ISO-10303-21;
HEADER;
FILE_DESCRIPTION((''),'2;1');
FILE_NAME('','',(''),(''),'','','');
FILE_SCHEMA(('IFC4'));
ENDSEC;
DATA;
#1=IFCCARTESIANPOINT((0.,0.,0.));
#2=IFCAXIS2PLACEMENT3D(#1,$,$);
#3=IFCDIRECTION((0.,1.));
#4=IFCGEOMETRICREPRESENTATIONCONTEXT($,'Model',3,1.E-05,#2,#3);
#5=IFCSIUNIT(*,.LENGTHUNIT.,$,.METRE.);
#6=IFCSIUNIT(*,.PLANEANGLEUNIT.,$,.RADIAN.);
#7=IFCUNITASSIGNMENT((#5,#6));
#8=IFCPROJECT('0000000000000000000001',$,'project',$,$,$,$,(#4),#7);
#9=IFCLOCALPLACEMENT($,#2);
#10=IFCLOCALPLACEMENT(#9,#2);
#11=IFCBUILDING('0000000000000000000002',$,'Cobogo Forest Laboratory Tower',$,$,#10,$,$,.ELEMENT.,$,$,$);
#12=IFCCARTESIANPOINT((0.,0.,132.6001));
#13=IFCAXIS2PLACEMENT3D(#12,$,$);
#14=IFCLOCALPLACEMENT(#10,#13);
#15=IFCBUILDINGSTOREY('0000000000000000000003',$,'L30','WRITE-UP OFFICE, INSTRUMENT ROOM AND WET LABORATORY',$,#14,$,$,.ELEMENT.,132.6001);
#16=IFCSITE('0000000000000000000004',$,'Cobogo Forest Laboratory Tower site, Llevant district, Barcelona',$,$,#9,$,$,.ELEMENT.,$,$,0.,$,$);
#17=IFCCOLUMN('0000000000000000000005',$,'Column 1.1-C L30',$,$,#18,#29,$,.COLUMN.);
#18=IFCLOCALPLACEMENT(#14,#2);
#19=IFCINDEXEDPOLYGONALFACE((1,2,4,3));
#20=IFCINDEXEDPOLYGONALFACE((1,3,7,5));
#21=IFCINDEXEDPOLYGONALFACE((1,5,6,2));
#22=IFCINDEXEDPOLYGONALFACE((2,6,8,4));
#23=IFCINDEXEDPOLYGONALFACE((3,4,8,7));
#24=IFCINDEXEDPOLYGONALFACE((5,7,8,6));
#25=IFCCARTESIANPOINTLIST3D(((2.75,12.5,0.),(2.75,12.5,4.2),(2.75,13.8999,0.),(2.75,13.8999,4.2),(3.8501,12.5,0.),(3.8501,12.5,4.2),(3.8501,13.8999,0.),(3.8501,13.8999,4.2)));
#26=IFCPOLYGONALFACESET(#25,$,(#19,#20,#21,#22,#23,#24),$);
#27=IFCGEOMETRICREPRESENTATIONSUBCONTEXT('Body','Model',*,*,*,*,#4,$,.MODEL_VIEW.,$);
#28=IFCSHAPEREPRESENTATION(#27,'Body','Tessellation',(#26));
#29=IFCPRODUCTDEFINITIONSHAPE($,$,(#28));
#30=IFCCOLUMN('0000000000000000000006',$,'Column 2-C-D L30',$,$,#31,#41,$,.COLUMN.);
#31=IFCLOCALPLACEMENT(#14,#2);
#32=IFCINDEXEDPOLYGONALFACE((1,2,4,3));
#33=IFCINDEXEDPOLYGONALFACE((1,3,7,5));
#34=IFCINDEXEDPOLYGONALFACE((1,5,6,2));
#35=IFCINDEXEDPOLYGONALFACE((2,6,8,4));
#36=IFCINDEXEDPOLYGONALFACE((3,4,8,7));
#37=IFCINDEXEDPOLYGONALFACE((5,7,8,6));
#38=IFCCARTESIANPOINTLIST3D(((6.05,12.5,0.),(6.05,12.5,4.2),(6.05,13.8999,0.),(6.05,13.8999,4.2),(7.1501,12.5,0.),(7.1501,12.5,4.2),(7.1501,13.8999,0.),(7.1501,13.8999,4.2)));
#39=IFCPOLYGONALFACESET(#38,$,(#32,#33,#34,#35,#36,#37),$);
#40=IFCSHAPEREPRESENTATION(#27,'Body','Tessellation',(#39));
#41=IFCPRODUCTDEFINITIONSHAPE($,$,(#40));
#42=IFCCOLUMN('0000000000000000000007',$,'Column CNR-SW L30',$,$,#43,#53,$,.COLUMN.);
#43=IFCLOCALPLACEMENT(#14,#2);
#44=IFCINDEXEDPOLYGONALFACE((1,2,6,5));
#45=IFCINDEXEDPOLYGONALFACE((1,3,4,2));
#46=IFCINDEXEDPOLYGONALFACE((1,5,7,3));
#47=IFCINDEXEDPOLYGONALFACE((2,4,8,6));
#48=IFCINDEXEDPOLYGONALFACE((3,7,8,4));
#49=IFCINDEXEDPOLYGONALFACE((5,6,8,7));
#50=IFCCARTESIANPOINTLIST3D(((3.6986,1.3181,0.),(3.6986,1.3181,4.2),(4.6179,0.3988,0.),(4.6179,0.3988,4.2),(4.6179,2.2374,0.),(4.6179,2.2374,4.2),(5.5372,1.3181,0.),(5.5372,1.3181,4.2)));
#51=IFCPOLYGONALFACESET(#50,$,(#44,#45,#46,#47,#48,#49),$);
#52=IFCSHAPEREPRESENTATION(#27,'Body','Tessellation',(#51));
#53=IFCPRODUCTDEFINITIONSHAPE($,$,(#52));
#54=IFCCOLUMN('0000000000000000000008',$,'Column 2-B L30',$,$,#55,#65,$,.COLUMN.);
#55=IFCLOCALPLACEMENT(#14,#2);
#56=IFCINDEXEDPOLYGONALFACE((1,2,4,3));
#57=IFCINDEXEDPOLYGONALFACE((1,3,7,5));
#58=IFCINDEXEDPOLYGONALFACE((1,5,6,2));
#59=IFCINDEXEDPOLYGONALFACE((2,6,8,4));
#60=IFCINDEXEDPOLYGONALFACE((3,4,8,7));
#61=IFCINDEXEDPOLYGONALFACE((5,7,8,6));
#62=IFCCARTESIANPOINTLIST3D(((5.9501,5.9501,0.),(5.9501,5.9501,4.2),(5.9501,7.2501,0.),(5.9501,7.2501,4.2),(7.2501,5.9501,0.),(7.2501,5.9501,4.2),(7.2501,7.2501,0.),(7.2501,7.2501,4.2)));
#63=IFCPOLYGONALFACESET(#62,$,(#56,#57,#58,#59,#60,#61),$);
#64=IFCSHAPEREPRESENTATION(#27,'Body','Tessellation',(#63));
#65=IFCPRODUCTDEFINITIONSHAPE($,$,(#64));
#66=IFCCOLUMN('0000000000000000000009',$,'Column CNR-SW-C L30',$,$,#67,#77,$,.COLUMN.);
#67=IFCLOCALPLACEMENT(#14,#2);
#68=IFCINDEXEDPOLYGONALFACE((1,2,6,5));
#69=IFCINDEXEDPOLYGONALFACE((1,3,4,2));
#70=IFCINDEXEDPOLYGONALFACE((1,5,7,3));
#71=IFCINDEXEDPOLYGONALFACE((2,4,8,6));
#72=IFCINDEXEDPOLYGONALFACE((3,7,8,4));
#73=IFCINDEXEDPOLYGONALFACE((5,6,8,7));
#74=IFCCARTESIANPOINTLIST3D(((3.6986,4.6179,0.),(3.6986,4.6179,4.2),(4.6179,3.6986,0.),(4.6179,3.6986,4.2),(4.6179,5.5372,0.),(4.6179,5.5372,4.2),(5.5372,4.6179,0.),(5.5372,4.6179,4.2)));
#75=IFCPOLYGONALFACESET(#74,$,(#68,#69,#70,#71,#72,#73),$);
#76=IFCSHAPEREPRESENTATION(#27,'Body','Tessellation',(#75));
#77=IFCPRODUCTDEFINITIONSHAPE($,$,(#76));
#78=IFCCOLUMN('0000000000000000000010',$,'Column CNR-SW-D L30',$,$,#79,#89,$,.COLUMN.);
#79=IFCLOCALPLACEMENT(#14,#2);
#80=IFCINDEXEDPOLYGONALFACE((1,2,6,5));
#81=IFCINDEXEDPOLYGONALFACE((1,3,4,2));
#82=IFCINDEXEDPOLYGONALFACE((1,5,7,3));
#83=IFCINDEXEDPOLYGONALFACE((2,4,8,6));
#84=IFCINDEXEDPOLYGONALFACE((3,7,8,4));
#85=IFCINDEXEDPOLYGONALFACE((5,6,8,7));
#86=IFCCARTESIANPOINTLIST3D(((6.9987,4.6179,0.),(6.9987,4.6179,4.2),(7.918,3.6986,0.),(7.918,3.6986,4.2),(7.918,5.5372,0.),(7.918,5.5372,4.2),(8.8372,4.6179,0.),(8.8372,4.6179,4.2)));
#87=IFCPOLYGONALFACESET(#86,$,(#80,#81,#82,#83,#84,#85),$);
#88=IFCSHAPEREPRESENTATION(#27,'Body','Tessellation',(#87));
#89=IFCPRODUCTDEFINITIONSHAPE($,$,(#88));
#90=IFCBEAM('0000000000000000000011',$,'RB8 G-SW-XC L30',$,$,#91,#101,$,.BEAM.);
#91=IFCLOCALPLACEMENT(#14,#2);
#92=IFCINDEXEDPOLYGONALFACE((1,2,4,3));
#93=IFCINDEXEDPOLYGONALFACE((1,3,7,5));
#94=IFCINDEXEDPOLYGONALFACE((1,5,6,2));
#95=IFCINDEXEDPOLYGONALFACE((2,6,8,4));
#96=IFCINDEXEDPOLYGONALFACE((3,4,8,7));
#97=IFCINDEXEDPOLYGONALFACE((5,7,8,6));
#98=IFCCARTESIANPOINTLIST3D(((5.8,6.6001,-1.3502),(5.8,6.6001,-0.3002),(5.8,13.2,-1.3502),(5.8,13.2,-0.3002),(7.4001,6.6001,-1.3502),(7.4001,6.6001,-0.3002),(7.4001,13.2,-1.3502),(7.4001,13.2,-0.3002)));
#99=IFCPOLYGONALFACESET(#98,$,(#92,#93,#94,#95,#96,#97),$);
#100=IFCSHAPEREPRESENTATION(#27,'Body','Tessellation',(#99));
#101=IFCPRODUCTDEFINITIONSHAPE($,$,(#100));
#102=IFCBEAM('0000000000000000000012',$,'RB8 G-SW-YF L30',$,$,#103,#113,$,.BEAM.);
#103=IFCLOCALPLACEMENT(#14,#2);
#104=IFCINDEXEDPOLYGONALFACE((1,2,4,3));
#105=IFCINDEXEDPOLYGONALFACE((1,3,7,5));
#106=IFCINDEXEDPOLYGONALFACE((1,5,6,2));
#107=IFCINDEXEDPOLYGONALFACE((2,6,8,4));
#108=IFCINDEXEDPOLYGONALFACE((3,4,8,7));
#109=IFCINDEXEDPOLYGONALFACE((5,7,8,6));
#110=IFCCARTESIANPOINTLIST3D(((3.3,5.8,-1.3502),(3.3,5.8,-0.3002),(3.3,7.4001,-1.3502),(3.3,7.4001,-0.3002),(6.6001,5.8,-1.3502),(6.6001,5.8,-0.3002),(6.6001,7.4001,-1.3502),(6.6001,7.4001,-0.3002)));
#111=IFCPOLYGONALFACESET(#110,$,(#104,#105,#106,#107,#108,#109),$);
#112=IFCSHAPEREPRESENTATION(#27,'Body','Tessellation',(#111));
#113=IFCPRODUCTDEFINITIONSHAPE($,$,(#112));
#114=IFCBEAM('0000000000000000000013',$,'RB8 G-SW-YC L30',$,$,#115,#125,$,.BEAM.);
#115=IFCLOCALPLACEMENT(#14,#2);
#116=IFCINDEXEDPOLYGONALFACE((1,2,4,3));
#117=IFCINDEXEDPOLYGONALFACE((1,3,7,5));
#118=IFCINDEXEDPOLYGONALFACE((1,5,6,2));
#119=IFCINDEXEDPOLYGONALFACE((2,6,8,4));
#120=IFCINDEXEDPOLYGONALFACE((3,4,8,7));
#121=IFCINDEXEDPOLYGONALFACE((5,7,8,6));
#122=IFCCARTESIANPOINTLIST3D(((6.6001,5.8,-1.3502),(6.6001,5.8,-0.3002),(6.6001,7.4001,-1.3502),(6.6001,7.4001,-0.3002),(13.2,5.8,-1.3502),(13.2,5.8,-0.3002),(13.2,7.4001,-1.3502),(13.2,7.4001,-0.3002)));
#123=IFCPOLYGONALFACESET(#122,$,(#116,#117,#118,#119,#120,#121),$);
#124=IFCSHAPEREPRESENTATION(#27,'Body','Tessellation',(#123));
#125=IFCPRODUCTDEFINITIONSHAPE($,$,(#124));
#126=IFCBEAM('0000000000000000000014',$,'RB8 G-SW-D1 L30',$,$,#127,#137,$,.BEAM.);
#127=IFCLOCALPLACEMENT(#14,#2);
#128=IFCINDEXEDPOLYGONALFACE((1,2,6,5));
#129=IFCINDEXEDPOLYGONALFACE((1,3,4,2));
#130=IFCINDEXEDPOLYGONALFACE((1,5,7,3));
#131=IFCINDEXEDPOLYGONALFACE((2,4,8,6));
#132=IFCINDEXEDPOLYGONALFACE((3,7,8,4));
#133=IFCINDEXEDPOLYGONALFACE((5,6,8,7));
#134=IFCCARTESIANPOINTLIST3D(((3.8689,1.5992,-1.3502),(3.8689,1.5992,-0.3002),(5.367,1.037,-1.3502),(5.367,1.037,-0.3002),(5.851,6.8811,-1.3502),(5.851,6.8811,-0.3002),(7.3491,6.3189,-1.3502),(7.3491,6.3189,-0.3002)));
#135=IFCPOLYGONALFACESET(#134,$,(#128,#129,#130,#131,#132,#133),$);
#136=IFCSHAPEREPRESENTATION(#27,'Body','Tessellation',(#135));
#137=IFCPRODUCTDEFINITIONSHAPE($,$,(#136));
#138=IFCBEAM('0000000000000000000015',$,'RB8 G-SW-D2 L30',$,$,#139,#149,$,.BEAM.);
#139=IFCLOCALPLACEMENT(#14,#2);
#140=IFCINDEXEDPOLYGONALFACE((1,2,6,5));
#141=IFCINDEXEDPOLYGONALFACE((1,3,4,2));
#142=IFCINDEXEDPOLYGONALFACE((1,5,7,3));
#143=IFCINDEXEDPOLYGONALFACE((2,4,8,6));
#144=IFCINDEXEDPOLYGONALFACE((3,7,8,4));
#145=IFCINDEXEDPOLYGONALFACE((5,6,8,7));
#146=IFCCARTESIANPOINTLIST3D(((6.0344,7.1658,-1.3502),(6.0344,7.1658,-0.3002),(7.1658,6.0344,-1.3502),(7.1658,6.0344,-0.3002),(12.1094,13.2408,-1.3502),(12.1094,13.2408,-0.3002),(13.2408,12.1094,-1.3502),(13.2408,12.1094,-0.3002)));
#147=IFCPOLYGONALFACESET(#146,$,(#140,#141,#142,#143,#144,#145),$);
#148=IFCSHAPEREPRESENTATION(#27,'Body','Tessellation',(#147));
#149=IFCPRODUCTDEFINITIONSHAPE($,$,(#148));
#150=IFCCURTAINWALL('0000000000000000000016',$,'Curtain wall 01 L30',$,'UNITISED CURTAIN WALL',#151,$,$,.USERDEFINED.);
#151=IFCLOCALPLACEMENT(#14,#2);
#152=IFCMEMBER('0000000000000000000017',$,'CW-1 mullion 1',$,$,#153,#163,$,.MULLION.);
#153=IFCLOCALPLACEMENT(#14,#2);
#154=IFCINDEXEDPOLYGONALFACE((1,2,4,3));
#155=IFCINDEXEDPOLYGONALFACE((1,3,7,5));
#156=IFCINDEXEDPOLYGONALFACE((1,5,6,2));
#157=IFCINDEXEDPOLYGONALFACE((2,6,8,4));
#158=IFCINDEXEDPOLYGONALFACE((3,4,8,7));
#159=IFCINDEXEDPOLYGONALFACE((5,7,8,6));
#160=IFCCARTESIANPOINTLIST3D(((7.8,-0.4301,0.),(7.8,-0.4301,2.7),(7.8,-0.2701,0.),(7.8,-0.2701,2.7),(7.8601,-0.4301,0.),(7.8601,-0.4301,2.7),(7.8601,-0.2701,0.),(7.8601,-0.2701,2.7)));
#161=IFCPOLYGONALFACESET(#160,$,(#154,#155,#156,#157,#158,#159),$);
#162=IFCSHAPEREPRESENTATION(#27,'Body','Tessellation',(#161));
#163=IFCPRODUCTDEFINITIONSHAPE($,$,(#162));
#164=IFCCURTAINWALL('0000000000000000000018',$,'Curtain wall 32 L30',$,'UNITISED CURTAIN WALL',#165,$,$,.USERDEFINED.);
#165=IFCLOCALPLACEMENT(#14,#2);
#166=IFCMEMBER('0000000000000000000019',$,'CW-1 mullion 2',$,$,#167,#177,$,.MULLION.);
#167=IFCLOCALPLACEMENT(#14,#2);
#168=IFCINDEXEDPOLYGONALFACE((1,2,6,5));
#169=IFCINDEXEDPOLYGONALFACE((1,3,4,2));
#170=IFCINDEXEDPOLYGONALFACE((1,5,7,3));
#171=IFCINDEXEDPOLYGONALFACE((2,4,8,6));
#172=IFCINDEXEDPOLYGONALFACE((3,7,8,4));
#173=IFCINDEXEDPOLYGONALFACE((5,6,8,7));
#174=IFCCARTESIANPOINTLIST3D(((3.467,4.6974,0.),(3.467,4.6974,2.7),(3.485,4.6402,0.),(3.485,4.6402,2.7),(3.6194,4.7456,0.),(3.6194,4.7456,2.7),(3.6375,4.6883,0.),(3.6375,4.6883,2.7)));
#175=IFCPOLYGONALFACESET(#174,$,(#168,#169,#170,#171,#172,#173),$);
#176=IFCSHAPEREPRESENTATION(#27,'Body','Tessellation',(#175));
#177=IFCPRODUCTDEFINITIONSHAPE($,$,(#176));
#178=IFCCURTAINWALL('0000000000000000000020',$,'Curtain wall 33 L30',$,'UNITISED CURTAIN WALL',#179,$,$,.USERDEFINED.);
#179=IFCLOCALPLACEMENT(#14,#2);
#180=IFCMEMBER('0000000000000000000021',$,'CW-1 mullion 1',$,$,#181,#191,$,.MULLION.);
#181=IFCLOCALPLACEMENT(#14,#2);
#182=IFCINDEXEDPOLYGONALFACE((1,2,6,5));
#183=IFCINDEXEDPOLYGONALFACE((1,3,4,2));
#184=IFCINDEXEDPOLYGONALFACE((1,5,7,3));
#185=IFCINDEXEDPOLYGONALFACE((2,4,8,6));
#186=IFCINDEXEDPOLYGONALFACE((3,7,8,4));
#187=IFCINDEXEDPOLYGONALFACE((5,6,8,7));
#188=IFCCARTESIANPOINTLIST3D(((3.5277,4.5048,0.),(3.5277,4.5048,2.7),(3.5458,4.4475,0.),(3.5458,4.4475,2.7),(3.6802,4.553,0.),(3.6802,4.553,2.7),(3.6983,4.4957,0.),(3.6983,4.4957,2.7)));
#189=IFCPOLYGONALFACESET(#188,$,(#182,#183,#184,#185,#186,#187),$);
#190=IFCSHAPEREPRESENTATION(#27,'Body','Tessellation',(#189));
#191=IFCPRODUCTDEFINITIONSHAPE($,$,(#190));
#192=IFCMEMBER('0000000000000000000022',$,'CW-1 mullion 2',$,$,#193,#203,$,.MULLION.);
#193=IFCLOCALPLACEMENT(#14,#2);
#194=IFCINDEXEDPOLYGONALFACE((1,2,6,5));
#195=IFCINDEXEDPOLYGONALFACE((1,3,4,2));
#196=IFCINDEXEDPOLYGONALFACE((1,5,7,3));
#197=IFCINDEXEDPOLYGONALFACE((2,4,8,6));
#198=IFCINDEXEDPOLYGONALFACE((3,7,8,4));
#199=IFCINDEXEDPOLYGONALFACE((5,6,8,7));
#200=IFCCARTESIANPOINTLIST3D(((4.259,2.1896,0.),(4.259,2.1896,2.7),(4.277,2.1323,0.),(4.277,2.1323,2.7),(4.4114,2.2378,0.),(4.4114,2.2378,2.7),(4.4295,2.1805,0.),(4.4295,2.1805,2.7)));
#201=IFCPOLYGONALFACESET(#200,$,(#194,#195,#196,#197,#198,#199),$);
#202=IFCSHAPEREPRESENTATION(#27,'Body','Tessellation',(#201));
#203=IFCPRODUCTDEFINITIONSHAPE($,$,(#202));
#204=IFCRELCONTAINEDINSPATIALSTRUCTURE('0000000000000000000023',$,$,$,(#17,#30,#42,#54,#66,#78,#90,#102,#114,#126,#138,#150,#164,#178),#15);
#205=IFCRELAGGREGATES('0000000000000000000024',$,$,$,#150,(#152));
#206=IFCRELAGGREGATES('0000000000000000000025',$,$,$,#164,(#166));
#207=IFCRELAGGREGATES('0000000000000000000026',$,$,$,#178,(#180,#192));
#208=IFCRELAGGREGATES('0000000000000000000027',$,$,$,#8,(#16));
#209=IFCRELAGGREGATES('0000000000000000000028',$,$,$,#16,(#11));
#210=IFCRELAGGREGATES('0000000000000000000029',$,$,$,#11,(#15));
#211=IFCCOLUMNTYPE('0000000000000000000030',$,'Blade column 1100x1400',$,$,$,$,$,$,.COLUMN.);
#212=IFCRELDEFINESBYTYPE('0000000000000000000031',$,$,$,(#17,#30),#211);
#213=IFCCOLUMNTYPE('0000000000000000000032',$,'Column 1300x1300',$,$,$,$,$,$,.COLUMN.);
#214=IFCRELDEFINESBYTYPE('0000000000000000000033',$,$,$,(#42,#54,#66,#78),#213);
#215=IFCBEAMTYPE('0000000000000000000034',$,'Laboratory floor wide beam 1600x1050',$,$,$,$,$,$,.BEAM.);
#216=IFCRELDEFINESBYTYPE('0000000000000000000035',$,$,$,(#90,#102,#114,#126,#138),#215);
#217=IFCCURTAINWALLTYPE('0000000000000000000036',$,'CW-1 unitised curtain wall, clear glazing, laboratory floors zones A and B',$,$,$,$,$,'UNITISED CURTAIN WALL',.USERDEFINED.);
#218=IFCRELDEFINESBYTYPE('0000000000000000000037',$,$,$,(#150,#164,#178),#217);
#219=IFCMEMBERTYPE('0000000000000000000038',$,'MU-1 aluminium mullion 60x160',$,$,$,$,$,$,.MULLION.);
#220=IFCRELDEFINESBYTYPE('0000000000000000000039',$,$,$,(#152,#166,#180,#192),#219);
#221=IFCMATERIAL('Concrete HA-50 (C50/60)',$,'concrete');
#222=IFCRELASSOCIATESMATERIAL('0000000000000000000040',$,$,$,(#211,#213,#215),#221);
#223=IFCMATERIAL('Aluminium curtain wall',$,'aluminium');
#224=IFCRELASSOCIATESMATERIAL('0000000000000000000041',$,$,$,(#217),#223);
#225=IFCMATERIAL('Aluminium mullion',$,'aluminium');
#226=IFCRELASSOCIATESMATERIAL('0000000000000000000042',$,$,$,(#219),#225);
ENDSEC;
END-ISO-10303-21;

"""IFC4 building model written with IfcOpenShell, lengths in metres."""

from ifc_helpers import new_model, si_unit, direction, frame, origin, origin_2d, place, context, subcontext, project, spatial, rectangle, extrude, material, material_profile, profile_set, type_object, element, aggregate, save


model = new_model("IFC4")

# Units and contexts
model_context = context("Model", 3, precision=1e-05, world=origin(), true_north=direction((0.0, 1.0)))
body_context = subcontext(model_context, "Body", "Model", "MODEL_VIEW")
ifc_project = project(units=[si_unit("LENGTHUNIT", "METRE"), si_unit("PLANEANGLEUNIT", "RADIAN")], contexts=[model_context])

# Site, building, storey
site_placement = place(None, origin())
site = spatial("IfcSite", under=ifc_project, at=site_placement, Name="Cobogo Forest Laboratory Tower site, Llevant district, Barcelona", CompositionType="ELEMENT", RefElevation=0.0)
building_placement = place(site_placement, origin())
building = spatial("IfcBuilding", under=site, at=building_placement, Name="Cobogo Forest Laboratory Tower", CompositionType="ELEMENT")
storey_placement = place(building_placement, frame((0.0, 0.0, 132.6001)))
storey = spatial("IfcBuildingStorey", under=building, at=storey_placement, Name="L30", Description="WRITE-UP OFFICE, INSTRUMENT ROOM AND WET LABORATORY", CompositionType="ELEMENT", Elevation=132.6001)

# Columns
ifc_material_1 = material(Name="Concrete HA-50 (C50/60)", Category="concrete")
ifc_material_profile_1 = material_profile(ifc_material_1, rectangle(XDim=1.3999, YDim=1.1001, at=origin_2d()), Name="RC 1100x1400")
ifc_profile_set_1 = profile_set([ifc_material_profile_1], Name="Concrete HA-50 (C50/60)")
column_type_1 = type_object("IfcColumnType", Name="Blade column 1100x1400", PredefinedType="COLUMN", material=ifc_profile_set_1)
for number, where, z_axis, x_axis, name in (
    (1, (3.3, 13.2, 0.0), (0.0, 0.0, 1.0), (0.0, 1.0, 0.0), "Column 1.1-C L30"),
    (2, (6.6001, 13.2, 0.0), (0.0, 0.0, 1.0), (0.0, 1.0, 0.0), "Column 2-C-D L30"),
):
    element("IfcColumn", number, at=place(storey_placement, frame(where, z_axis=z_axis, x_axis=x_axis)), inside=storey, type_object=column_type_1, Name=name, PredefinedType="COLUMN", context=body_context, shape_type="SweptSolid", body=[
        extrude(rectangle(XDim=1.3999, YDim=1.1001, at=origin_2d()), origin(), (0.0, 0.0, 1.0), 4.2),
    ])
ifc_material_profile_2 = material_profile(ifc_material_1, rectangle(XDim=1.3, YDim=1.3, at=origin_2d()), Name="RC 1300x1300")
ifc_profile_set_2 = profile_set([ifc_material_profile_2], Name="Concrete HA-50 (C50/60)")
column_type_2 = type_object("IfcColumnType", Name="Column 1300x1300", PredefinedType="COLUMN", material=ifc_profile_set_2)
for number, where, z_axis, x_axis, name in (
    (3, (4.6179, 1.3181, 0.0), (0.0, 0.0, 1.0), (0.707107, 0.707107, 0.0), "Column CNR-SW L30"),
    (4, (6.6001, 6.6001, 0.0), (0.0, 0.0, 1.0), (1.0, 0.0, 0.0), "Column 2-B L30"),
    (5, (4.6179, 4.6179, 0.0), (0.0, 0.0, 1.0), (0.707107, 0.707107, 0.0), "Column CNR-SW-C L30"),
    (6, (7.918, 4.6179, 0.0), (0.0, 0.0, 1.0), (0.707107, 0.707107, 0.0), "Column CNR-SW-D L30"),
):
    element("IfcColumn", number, at=place(storey_placement, frame(where, z_axis=z_axis, x_axis=x_axis)), inside=storey, type_object=column_type_2, Name=name, PredefinedType="COLUMN", context=body_context, shape_type="SweptSolid", body=[
        extrude(rectangle(XDim=1.3, YDim=1.3, at=origin_2d()), origin(), (0.0, 0.0, 1.0), 4.2),
    ])

# Beams
ifc_material_profile_3 = material_profile(ifc_material_1, rectangle(XDim=1.6001, YDim=1.05, at=origin_2d()), Name="RC 1600x1050")
ifc_profile_set_3 = profile_set([ifc_material_profile_3], Name="Concrete HA-50 (C50/60)")
beam_type_1 = type_object("IfcBeamType", Name="Laboratory floor wide beam 1600x1050", PredefinedType="BEAM", material=ifc_profile_set_3)
beam_1_placement = place(storey_placement, frame((6.6001, 6.6001, -0.8252), z_axis=(0.0, 1.0, 0.0), x_axis=(-1.0, 0.0, 0.0)))
element("IfcBeam", 7, at=beam_1_placement, inside=storey, type_object=beam_type_1, Name="RB8 G-SW-XC L30", PredefinedType="BEAM", context=body_context, shape_type="SweptSolid", body=[
    extrude(rectangle(XDim=1.6001, YDim=1.05, at=origin_2d()), origin(), (0.0, 0.0, 1.0), 6.5999),
])
beam_2_placement = place(storey_placement, frame((3.3, 6.6001, -0.8252), z_axis=(1.0, 0.0, 0.0), x_axis=(0.0, 1.0, 0.0)))
element("IfcBeam", 8, at=beam_2_placement, inside=storey, type_object=beam_type_1, Name="RB8 G-SW-YF L30", PredefinedType="BEAM", context=body_context, shape_type="SweptSolid", body=[
    extrude(rectangle(XDim=1.6001, YDim=1.05, at=origin_2d()), origin(), (0.0, 0.0, 1.0), 3.3),
])
beam_3_placement = place(storey_placement, frame((6.6001, 6.6001, -0.8252), z_axis=(1.0, 0.0, 0.0), x_axis=(0.0, 1.0, 0.0)))
element("IfcBeam", 9, at=beam_3_placement, inside=storey, type_object=beam_type_1, Name="RB8 G-SW-YC L30", PredefinedType="BEAM", context=body_context, shape_type="SweptSolid", body=[
    extrude(rectangle(XDim=1.6001, YDim=1.05, at=origin_2d()), origin(), (0.0, 0.0, 1.0), 6.5999),
])
beam_4_placement = place(storey_placement, frame((4.6179, 1.3181, -0.8252), z_axis=(0.351346, 0.936246, 0.0), x_axis=(-0.936246, 0.351346, 0.0)))
element("IfcBeam", 10, at=beam_4_placement, inside=storey, type_object=beam_type_1, Name="RB8 G-SW-D1 L30", PredefinedType="BEAM", context=body_context, shape_type="SweptSolid", body=[
    extrude(rectangle(XDim=1.6001, YDim=1.05, at=origin_2d()), origin(), (0.0, 0.0, 1.0), 5.6416),
])
beam_5_placement = place(storey_placement, frame((6.6001, 6.6001, -0.8252), z_axis=(0.707107, 0.707107, 0.0), x_axis=(-0.707107, 0.707107, 0.0)))
element("IfcBeam", 11, at=beam_5_placement, inside=storey, type_object=beam_type_1, Name="RB8 G-SW-D2 L30", PredefinedType="BEAM", context=body_context, shape_type="SweptSolid", body=[
    extrude(rectangle(XDim=1.6001, YDim=1.05, at=origin_2d()), origin(), (0.0, 0.0, 1.0), 8.5913),
])

# Curtain walls, members
ifc_material_2 = material(Name="Aluminium curtain wall", Category="aluminium")
curtain_wall_type = type_object("IfcCurtainWallType", Name="CW-1 unitised curtain wall, clear glazing, laboratory floors zones A and B", ElementType="UNITISED CURTAIN WALL", PredefinedType="USERDEFINED", material=ifc_material_2)
curtain_wall_1_placement = place(storey_placement, origin())
curtain_wall_1 = element("IfcCurtainWall", 12, at=curtain_wall_1_placement, inside=storey, type_object=curtain_wall_type, Name="Curtain wall 01 L30", ObjectType="UNITISED CURTAIN WALL", PredefinedType="USERDEFINED")
ifc_material_3 = material(Name="Aluminium mullion", Category="aluminium")
ifc_material_profile_4 = material_profile(ifc_material_3, rectangle(XDim=0.0601, YDim=0.1599, at=origin_2d()), Name="AL 60x160")
ifc_profile_set_4 = profile_set([ifc_material_profile_4], Name="Aluminium mullion")
member_type_1 = type_object("IfcMemberType", Name="MU-1 aluminium mullion 60x160", PredefinedType="MULLION", material=ifc_profile_set_4)
member_1_placement = place(storey_placement, frame((7.8301, -0.3501, 0.0), z_axis=(0.0, 0.0, 1.0), x_axis=(1.0, 0.0, 0.0)))
member_1 = element("IfcMember", 13, at=member_1_placement, type_object=member_type_1, Name="CW-1 mullion 1", PredefinedType="MULLION", context=body_context, shape_type="SweptSolid", body=[
    extrude(rectangle(XDim=0.0601, YDim=0.1599, at=origin_2d()), origin(), (0.0, 0.0, 1.0), 2.7),
])
curtain_wall_2_placement = place(storey_placement, origin())
curtain_wall_2 = element("IfcCurtainWall", 14, at=curtain_wall_2_placement, inside=storey, type_object=curtain_wall_type, Name="Curtain wall 32 L30", ObjectType="UNITISED CURTAIN WALL", PredefinedType="USERDEFINED")
member_2_placement = place(storey_placement, frame((3.5522, 4.6929, 0.0), z_axis=(0.0, 0.0, 1.0), x_axis=(0.301135, -0.953581, 0.0)))
member_2 = element("IfcMember", 15, at=member_2_placement, type_object=member_type_1, Name="CW-1 mullion 2", PredefinedType="MULLION", context=body_context, shape_type="SweptSolid", body=[
    extrude(rectangle(XDim=0.0601, YDim=0.1599, at=origin_2d()), origin(), (0.0, 0.0, 1.0), 2.7),
])

# Curtain wall, members
curtain_wall_3_placement = place(storey_placement, origin())
curtain_wall_3 = element("IfcCurtainWall", 16, at=curtain_wall_3_placement, inside=storey, type_object=curtain_wall_type, Name="Curtain wall 33 L30", ObjectType="UNITISED CURTAIN WALL", PredefinedType="USERDEFINED")
member_3_placement = place(storey_placement, frame((3.613, 4.5002, 0.0), z_axis=(0.0, 0.0, 1.0), x_axis=(0.301135, -0.953581, 0.0)))
member_3 = element("IfcMember", 17, at=member_3_placement, type_object=member_type_1, Name="CW-1 mullion 1", PredefinedType="MULLION", context=body_context, shape_type="SweptSolid", body=[
    extrude(rectangle(XDim=0.0601, YDim=0.1599, at=origin_2d()), origin(), (0.0, 0.0, 1.0), 2.7),
])
member_4_placement = place(storey_placement, frame((4.3442, 2.1851, 0.0), z_axis=(0.0, 0.0, 1.0), x_axis=(0.301135, -0.953581, 0.0)))
member_4 = element("IfcMember", 18, at=member_4_placement, type_object=member_type_1, Name="CW-1 mullion 2", PredefinedType="MULLION", context=body_context, shape_type="SweptSolid", body=[
    extrude(rectangle(XDim=0.0601, YDim=0.1599, at=origin_2d()), origin(), (0.0, 0.0, 1.0), 2.7),
])

aggregate(curtain_wall_1, [member_1])

aggregate(curtain_wall_2, [member_2])
aggregate(curtain_wall_3, [member_3, member_4])

save(model, "model.ifc")
